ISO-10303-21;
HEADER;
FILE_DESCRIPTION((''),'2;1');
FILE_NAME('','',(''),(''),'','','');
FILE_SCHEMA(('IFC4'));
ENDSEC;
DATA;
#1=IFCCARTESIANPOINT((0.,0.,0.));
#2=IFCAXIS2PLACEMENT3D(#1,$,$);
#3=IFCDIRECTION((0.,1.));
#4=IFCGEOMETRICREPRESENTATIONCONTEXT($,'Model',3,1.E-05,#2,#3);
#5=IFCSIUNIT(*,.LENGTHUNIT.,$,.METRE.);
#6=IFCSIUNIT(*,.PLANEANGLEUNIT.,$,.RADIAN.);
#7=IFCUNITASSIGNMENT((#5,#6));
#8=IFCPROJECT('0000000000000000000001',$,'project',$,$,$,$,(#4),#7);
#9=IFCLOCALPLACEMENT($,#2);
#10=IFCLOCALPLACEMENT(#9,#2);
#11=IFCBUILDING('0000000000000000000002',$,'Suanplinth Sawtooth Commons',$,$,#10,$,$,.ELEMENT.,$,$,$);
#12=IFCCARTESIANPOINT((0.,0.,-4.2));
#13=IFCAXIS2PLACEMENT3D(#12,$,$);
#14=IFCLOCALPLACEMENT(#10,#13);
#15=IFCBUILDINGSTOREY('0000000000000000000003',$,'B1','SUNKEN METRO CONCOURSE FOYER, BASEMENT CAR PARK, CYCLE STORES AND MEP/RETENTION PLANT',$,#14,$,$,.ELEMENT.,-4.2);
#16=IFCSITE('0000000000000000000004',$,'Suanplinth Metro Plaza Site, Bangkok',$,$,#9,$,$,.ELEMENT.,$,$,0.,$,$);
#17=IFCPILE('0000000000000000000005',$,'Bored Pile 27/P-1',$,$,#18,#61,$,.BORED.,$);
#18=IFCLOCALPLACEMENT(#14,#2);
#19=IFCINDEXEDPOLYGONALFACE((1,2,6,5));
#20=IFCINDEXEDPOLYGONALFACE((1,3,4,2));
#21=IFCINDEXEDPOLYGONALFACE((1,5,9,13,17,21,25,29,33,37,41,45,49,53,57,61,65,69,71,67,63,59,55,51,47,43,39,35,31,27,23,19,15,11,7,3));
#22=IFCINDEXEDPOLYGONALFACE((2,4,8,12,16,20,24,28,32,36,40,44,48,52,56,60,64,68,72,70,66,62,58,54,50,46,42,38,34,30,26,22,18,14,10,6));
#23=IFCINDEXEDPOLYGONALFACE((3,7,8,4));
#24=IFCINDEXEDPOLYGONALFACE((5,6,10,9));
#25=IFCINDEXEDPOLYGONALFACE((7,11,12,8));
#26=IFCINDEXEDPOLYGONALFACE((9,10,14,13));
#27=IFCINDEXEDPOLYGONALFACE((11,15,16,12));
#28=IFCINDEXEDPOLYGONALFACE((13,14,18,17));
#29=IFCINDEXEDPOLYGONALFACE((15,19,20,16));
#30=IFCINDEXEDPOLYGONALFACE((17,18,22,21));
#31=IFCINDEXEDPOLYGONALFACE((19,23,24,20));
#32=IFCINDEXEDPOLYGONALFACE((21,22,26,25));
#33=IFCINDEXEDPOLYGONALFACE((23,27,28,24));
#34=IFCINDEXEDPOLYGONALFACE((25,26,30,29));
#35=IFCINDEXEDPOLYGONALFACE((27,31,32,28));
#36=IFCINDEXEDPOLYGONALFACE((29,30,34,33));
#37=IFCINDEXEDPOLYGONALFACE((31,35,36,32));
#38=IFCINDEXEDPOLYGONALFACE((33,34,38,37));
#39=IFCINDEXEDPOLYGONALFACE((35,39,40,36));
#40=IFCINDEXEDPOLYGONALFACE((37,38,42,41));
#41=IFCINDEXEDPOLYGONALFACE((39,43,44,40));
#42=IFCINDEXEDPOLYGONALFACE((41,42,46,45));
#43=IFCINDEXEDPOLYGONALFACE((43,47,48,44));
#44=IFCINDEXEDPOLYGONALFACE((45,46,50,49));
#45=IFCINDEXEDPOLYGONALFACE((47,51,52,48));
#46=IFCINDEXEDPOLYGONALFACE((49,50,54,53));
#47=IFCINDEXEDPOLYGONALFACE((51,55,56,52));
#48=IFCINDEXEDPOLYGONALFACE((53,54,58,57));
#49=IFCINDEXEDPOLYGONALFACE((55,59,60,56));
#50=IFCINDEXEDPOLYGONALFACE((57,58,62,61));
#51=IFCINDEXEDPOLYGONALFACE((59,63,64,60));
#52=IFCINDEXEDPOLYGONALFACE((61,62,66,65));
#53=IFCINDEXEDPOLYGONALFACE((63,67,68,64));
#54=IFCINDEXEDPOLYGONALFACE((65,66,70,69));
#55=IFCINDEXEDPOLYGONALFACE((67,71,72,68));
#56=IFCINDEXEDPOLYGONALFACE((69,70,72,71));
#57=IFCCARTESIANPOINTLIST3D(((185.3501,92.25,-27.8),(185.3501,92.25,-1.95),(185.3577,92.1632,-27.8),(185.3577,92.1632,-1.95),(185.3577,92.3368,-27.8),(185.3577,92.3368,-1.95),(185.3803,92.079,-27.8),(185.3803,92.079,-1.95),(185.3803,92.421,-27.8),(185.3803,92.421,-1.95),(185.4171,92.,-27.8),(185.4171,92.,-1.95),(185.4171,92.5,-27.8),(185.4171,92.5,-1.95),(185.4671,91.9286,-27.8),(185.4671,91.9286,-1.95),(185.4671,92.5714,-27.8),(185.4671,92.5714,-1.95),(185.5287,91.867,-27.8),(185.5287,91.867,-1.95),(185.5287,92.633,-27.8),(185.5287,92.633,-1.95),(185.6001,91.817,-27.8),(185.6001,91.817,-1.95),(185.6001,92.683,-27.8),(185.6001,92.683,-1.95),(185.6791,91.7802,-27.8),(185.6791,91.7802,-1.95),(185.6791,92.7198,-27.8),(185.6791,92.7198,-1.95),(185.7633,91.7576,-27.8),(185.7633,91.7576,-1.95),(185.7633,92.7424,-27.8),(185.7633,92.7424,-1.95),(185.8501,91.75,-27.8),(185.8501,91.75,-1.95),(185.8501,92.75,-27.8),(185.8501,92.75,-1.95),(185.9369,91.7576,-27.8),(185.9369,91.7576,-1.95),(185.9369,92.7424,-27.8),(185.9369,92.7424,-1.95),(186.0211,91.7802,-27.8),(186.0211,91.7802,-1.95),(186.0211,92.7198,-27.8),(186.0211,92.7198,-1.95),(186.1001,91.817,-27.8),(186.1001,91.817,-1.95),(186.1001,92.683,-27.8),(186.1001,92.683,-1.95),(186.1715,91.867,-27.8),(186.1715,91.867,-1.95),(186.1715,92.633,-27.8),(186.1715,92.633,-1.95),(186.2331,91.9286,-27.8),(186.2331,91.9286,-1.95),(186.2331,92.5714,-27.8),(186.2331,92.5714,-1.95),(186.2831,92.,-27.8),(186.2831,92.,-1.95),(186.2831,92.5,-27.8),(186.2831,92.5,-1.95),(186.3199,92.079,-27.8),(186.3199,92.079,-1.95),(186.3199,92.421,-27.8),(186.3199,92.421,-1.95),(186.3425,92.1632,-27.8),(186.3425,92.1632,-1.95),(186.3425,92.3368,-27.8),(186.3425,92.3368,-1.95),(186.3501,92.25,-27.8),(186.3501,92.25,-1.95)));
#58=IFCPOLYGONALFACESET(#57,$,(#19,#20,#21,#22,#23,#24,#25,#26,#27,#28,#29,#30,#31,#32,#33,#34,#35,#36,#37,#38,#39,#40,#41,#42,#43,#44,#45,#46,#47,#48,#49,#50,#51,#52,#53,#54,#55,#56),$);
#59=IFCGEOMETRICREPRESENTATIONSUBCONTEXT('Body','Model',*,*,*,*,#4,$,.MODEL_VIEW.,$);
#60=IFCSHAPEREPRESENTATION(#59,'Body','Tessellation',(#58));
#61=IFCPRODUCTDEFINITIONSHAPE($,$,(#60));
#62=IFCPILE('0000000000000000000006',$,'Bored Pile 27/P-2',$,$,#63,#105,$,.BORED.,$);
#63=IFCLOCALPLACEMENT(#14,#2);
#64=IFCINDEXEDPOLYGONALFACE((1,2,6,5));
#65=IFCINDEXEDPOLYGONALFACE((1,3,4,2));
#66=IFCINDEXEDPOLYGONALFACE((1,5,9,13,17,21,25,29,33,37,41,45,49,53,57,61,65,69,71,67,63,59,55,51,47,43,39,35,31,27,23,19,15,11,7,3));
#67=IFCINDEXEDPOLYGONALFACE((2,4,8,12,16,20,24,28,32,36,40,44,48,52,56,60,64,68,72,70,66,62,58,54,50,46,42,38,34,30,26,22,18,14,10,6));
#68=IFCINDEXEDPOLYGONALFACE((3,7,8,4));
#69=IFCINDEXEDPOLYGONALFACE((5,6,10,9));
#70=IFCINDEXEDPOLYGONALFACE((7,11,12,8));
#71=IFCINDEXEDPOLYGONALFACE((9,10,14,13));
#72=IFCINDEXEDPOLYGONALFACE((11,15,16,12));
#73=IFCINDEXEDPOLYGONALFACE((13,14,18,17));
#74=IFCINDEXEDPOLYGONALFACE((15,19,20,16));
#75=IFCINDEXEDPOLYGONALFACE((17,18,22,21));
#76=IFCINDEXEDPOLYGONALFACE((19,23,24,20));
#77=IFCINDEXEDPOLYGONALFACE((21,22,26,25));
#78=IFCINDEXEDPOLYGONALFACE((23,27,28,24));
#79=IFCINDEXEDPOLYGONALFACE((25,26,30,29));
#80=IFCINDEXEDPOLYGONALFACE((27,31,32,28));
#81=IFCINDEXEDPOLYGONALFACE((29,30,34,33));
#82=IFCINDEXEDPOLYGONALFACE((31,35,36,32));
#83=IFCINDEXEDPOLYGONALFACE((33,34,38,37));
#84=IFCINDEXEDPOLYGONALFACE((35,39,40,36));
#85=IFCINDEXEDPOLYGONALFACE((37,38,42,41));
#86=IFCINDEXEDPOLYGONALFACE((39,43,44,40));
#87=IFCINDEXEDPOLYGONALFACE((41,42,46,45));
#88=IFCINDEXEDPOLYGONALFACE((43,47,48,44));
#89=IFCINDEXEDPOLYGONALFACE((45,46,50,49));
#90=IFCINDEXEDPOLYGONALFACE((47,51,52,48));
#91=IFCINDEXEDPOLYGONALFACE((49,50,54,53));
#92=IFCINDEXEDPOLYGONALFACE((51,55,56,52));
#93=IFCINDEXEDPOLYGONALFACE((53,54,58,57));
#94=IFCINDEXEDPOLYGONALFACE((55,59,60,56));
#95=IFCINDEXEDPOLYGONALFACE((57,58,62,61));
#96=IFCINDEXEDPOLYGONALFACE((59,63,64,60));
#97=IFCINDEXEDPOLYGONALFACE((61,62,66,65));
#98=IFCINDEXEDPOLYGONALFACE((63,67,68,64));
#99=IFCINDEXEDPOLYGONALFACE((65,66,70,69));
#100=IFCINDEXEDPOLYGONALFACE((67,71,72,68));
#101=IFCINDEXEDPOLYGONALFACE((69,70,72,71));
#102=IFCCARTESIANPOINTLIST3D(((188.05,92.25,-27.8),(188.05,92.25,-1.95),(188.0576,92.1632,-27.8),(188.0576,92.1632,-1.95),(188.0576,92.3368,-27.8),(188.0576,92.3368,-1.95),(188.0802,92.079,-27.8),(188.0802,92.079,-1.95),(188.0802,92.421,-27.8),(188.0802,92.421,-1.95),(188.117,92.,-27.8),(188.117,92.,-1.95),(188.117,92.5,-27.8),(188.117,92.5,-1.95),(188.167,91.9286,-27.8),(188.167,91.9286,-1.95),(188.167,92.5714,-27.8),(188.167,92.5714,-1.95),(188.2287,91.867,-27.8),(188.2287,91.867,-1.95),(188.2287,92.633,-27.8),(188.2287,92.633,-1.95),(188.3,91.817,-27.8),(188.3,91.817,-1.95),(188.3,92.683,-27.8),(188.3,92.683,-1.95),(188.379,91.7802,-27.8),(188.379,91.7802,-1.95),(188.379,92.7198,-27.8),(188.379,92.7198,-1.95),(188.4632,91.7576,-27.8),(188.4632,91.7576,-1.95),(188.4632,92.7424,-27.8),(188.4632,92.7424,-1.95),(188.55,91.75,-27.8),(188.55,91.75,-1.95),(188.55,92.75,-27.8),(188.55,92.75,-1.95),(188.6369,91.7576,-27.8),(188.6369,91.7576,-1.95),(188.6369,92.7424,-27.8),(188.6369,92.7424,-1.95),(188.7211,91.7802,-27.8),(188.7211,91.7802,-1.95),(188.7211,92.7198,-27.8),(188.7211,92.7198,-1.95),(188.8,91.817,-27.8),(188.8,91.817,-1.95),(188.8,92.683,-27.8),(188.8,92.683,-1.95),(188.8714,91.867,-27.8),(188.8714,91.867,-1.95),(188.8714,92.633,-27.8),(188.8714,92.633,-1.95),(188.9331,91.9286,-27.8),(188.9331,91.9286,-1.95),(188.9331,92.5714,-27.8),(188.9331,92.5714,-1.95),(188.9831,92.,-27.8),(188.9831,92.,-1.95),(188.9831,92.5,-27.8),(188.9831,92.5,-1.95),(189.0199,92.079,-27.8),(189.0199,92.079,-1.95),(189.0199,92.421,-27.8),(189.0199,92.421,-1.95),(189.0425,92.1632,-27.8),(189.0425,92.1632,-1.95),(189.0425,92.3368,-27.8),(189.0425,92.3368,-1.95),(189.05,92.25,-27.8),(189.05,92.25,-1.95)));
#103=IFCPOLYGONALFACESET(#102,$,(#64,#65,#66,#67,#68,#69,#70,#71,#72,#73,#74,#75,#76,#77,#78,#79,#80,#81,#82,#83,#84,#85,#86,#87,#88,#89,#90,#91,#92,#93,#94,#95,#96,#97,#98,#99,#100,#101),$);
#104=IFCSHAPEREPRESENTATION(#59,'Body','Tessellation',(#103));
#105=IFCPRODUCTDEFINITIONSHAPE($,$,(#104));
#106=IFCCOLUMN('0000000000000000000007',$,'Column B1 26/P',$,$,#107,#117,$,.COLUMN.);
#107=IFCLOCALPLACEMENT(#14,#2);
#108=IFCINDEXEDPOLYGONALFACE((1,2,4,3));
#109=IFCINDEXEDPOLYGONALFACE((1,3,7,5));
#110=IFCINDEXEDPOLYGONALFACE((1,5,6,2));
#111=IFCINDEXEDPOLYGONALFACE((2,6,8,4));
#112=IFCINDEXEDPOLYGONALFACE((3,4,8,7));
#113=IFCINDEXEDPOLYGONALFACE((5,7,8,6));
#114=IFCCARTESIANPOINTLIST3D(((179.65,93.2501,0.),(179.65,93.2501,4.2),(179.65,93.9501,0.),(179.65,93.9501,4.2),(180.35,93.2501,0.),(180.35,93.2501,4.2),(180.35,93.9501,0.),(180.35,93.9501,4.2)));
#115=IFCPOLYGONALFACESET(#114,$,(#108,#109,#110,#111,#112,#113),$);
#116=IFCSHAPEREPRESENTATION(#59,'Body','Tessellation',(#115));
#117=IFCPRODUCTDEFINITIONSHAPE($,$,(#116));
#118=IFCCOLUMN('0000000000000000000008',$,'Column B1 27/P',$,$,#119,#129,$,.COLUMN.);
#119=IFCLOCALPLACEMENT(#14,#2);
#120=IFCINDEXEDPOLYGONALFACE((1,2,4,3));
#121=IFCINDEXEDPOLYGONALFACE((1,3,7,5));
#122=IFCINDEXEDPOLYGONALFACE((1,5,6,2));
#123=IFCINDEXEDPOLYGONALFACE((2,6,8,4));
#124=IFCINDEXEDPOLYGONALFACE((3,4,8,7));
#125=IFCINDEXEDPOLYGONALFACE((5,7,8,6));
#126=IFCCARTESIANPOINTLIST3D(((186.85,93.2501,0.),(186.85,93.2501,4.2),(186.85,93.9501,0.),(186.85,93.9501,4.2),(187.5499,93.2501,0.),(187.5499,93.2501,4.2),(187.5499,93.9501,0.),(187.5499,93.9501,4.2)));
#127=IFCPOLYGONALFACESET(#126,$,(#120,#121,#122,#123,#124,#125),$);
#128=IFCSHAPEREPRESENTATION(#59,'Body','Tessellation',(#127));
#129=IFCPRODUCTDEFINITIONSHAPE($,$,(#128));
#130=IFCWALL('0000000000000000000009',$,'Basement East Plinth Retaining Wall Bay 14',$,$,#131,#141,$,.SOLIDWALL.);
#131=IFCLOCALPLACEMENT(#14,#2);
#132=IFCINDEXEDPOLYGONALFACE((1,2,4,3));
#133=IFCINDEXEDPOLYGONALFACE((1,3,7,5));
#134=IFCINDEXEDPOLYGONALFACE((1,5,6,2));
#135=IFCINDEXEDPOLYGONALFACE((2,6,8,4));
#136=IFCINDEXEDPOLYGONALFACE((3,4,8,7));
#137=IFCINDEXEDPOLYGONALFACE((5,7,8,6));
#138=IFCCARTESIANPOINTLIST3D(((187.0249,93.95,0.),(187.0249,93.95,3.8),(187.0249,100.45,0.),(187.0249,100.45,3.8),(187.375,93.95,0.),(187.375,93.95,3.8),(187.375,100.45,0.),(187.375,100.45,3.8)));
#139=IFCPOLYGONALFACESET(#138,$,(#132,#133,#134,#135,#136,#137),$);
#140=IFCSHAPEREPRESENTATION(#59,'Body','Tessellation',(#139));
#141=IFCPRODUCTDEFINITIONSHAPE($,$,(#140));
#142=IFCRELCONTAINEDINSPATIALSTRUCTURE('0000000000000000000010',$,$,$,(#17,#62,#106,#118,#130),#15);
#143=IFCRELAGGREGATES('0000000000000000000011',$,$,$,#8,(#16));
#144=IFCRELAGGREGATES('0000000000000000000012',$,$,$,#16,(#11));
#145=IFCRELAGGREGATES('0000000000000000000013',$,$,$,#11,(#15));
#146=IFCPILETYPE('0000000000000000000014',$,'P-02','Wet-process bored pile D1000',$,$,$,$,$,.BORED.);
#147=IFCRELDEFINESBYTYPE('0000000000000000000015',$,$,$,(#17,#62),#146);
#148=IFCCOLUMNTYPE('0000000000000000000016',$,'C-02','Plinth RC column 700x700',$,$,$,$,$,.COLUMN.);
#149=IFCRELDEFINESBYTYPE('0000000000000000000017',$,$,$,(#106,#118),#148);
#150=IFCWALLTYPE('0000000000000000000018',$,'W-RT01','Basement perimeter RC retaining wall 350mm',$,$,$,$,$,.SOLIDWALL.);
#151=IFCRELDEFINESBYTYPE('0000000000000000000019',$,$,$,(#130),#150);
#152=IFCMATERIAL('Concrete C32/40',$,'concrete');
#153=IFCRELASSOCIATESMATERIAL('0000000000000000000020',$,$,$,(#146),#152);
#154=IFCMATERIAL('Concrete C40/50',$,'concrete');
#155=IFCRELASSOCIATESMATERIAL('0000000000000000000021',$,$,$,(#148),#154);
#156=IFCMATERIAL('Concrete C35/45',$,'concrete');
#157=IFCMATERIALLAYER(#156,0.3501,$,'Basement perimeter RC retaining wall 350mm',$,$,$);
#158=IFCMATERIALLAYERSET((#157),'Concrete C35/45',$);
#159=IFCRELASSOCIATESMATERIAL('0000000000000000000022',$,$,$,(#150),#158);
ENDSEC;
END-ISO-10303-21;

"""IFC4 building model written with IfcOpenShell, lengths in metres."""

from ifc_helpers import new_model, si_unit, direction, frame, frame_2d, origin, origin_2d, place, context, subcontext, project, spatial, rectangle, circle, extrude, material, layer, layer_set, material_profile, profile_set, type_object, element, save


model = new_model("IFC4")

# Units and contexts
model_context = context("Model", 3, precision=1e-05, world=origin(), true_north=direction((0.0, 1.0)))
body_context = subcontext(model_context, "Body", "Model", "MODEL_VIEW")
ifc_project = project(units=[si_unit("LENGTHUNIT", "METRE"), si_unit("PLANEANGLEUNIT", "RADIAN")], contexts=[model_context])

# Site, building, storey
site_placement = place(None, origin())
site = spatial("IfcSite", under=ifc_project, at=site_placement, Name="Suanplinth Metro Plaza Site, Bangkok", CompositionType="ELEMENT", RefElevation=0.0)
building_placement = place(site_placement, origin())
building = spatial("IfcBuilding", under=site, at=building_placement, Name="Suanplinth Sawtooth Commons", CompositionType="ELEMENT")
storey_placement = place(building_placement, frame((0.0, 0.0, -4.2)))
storey = spatial("IfcBuildingStorey", under=building, at=storey_placement, Name="B1", Description="SUNKEN METRO CONCOURSE FOYER, BASEMENT CAR PARK, CYCLE STORES AND MEP/RETENTION PLANT", CompositionType="ELEMENT", Elevation=-4.2)

# Shared definitions
ifc_material_1 = material(Name="Concrete C35/45", Category="concrete")

# Piles
ifc_material_2 = material(Name="Concrete C32/40", Category="concrete")
ifc_material_profile_1 = material_profile(ifc_material_2, circle(Radius=0.5, at=origin_2d()), Name="PILE D1000")
ifc_profile_set_1 = profile_set([ifc_material_profile_1], Name="Concrete C32/40")
pile_type = type_object("IfcPileType", Name="P-02", Description="Wet-process bored pile D1000", PredefinedType="BORED", material=ifc_profile_set_1)
for number, where, z_axis, x_axis, name in (
    (1, (185.8501, 92.25, -1.95), (0.0, 0.0, -1.0), (1.0, 0.0, 0.0), "Bored Pile 27/P-1"),
    (2, (188.55, 92.25, -1.95), (0.0, 0.0, -1.0), (1.0, 0.0, 0.0), "Bored Pile 27/P-2"),
):
    element("IfcPile", number, at=place(storey_placement, frame(where, z_axis=z_axis, x_axis=x_axis)), inside=storey, type_object=pile_type, Name=name, PredefinedType="BORED", context=body_context, shape_type="SweptSolid", body=[
        extrude(circle(Radius=0.5, at=origin_2d()), origin(), (0.0, 0.0, 1.0), 25.8501),
    ])

# Columns
ifc_material_3 = material(Name="Concrete C40/50", Category="concrete")
ifc_material_profile_2 = material_profile(ifc_material_3, rectangle(XDim=0.7, YDim=0.7, at=origin_2d()), Name="RC-COL 700x700")
ifc_profile_set_2 = profile_set([ifc_material_profile_2], Name="Concrete C40/50")
column_type = type_object("IfcColumnType", Name="C-02", Description="Plinth RC column 700x700", PredefinedType="COLUMN", material=ifc_profile_set_2)
for number, where, z_axis, x_axis, name in (
    (3, (180.0, 93.6001, 0.0), (0.0, 0.0, 1.0), (1.0, 0.0, 0.0), "Column B1 26/P"),
    (4, (187.2, 93.6001, 0.0), (0.0, 0.0, 1.0), (1.0, 0.0, 0.0), "Column B1 27/P"),
):
    element("IfcColumn", number, at=place(storey_placement, frame(where, z_axis=z_axis, x_axis=x_axis)), inside=storey, type_object=column_type, Name=name, PredefinedType="COLUMN", context=body_context, shape_type="SweptSolid", body=[
        extrude(rectangle(XDim=0.7, YDim=0.7, at=origin_2d()), origin(), (0.0, 0.0, 1.0), 4.2),
    ])

# Wall
ifc_layer = layer(ifc_material_1, 0.3501, Name="Basement perimeter RC retaining wall 350mm")
ifc_layer_set = layer_set([ifc_layer], Name="Concrete C35/45")
wall_type = type_object("IfcWallType", Name="W-RT01", Description="Basement perimeter RC retaining wall 350mm", PredefinedType="SOLIDWALL", material=ifc_layer_set)
wall_placement = place(storey_placement, frame((187.2, 93.95, 0.0), z_axis=(0.0, 0.0, 1.0), x_axis=(0.0, 1.0, 0.0)))
element("IfcWall", 5, at=wall_placement, inside=storey, type_object=wall_type, Name="Basement East Plinth Retaining Wall Bay 14", PredefinedType="SOLIDWALL", context=body_context, shape_type="SweptSolid", body=[
    extrude(rectangle(XDim=6.5, YDim=0.3501, at=frame_2d((3.25, 0.0))), origin(), (0.0, 0.0, 1.0), 3.8),
])

save(model, "model.ifc")
